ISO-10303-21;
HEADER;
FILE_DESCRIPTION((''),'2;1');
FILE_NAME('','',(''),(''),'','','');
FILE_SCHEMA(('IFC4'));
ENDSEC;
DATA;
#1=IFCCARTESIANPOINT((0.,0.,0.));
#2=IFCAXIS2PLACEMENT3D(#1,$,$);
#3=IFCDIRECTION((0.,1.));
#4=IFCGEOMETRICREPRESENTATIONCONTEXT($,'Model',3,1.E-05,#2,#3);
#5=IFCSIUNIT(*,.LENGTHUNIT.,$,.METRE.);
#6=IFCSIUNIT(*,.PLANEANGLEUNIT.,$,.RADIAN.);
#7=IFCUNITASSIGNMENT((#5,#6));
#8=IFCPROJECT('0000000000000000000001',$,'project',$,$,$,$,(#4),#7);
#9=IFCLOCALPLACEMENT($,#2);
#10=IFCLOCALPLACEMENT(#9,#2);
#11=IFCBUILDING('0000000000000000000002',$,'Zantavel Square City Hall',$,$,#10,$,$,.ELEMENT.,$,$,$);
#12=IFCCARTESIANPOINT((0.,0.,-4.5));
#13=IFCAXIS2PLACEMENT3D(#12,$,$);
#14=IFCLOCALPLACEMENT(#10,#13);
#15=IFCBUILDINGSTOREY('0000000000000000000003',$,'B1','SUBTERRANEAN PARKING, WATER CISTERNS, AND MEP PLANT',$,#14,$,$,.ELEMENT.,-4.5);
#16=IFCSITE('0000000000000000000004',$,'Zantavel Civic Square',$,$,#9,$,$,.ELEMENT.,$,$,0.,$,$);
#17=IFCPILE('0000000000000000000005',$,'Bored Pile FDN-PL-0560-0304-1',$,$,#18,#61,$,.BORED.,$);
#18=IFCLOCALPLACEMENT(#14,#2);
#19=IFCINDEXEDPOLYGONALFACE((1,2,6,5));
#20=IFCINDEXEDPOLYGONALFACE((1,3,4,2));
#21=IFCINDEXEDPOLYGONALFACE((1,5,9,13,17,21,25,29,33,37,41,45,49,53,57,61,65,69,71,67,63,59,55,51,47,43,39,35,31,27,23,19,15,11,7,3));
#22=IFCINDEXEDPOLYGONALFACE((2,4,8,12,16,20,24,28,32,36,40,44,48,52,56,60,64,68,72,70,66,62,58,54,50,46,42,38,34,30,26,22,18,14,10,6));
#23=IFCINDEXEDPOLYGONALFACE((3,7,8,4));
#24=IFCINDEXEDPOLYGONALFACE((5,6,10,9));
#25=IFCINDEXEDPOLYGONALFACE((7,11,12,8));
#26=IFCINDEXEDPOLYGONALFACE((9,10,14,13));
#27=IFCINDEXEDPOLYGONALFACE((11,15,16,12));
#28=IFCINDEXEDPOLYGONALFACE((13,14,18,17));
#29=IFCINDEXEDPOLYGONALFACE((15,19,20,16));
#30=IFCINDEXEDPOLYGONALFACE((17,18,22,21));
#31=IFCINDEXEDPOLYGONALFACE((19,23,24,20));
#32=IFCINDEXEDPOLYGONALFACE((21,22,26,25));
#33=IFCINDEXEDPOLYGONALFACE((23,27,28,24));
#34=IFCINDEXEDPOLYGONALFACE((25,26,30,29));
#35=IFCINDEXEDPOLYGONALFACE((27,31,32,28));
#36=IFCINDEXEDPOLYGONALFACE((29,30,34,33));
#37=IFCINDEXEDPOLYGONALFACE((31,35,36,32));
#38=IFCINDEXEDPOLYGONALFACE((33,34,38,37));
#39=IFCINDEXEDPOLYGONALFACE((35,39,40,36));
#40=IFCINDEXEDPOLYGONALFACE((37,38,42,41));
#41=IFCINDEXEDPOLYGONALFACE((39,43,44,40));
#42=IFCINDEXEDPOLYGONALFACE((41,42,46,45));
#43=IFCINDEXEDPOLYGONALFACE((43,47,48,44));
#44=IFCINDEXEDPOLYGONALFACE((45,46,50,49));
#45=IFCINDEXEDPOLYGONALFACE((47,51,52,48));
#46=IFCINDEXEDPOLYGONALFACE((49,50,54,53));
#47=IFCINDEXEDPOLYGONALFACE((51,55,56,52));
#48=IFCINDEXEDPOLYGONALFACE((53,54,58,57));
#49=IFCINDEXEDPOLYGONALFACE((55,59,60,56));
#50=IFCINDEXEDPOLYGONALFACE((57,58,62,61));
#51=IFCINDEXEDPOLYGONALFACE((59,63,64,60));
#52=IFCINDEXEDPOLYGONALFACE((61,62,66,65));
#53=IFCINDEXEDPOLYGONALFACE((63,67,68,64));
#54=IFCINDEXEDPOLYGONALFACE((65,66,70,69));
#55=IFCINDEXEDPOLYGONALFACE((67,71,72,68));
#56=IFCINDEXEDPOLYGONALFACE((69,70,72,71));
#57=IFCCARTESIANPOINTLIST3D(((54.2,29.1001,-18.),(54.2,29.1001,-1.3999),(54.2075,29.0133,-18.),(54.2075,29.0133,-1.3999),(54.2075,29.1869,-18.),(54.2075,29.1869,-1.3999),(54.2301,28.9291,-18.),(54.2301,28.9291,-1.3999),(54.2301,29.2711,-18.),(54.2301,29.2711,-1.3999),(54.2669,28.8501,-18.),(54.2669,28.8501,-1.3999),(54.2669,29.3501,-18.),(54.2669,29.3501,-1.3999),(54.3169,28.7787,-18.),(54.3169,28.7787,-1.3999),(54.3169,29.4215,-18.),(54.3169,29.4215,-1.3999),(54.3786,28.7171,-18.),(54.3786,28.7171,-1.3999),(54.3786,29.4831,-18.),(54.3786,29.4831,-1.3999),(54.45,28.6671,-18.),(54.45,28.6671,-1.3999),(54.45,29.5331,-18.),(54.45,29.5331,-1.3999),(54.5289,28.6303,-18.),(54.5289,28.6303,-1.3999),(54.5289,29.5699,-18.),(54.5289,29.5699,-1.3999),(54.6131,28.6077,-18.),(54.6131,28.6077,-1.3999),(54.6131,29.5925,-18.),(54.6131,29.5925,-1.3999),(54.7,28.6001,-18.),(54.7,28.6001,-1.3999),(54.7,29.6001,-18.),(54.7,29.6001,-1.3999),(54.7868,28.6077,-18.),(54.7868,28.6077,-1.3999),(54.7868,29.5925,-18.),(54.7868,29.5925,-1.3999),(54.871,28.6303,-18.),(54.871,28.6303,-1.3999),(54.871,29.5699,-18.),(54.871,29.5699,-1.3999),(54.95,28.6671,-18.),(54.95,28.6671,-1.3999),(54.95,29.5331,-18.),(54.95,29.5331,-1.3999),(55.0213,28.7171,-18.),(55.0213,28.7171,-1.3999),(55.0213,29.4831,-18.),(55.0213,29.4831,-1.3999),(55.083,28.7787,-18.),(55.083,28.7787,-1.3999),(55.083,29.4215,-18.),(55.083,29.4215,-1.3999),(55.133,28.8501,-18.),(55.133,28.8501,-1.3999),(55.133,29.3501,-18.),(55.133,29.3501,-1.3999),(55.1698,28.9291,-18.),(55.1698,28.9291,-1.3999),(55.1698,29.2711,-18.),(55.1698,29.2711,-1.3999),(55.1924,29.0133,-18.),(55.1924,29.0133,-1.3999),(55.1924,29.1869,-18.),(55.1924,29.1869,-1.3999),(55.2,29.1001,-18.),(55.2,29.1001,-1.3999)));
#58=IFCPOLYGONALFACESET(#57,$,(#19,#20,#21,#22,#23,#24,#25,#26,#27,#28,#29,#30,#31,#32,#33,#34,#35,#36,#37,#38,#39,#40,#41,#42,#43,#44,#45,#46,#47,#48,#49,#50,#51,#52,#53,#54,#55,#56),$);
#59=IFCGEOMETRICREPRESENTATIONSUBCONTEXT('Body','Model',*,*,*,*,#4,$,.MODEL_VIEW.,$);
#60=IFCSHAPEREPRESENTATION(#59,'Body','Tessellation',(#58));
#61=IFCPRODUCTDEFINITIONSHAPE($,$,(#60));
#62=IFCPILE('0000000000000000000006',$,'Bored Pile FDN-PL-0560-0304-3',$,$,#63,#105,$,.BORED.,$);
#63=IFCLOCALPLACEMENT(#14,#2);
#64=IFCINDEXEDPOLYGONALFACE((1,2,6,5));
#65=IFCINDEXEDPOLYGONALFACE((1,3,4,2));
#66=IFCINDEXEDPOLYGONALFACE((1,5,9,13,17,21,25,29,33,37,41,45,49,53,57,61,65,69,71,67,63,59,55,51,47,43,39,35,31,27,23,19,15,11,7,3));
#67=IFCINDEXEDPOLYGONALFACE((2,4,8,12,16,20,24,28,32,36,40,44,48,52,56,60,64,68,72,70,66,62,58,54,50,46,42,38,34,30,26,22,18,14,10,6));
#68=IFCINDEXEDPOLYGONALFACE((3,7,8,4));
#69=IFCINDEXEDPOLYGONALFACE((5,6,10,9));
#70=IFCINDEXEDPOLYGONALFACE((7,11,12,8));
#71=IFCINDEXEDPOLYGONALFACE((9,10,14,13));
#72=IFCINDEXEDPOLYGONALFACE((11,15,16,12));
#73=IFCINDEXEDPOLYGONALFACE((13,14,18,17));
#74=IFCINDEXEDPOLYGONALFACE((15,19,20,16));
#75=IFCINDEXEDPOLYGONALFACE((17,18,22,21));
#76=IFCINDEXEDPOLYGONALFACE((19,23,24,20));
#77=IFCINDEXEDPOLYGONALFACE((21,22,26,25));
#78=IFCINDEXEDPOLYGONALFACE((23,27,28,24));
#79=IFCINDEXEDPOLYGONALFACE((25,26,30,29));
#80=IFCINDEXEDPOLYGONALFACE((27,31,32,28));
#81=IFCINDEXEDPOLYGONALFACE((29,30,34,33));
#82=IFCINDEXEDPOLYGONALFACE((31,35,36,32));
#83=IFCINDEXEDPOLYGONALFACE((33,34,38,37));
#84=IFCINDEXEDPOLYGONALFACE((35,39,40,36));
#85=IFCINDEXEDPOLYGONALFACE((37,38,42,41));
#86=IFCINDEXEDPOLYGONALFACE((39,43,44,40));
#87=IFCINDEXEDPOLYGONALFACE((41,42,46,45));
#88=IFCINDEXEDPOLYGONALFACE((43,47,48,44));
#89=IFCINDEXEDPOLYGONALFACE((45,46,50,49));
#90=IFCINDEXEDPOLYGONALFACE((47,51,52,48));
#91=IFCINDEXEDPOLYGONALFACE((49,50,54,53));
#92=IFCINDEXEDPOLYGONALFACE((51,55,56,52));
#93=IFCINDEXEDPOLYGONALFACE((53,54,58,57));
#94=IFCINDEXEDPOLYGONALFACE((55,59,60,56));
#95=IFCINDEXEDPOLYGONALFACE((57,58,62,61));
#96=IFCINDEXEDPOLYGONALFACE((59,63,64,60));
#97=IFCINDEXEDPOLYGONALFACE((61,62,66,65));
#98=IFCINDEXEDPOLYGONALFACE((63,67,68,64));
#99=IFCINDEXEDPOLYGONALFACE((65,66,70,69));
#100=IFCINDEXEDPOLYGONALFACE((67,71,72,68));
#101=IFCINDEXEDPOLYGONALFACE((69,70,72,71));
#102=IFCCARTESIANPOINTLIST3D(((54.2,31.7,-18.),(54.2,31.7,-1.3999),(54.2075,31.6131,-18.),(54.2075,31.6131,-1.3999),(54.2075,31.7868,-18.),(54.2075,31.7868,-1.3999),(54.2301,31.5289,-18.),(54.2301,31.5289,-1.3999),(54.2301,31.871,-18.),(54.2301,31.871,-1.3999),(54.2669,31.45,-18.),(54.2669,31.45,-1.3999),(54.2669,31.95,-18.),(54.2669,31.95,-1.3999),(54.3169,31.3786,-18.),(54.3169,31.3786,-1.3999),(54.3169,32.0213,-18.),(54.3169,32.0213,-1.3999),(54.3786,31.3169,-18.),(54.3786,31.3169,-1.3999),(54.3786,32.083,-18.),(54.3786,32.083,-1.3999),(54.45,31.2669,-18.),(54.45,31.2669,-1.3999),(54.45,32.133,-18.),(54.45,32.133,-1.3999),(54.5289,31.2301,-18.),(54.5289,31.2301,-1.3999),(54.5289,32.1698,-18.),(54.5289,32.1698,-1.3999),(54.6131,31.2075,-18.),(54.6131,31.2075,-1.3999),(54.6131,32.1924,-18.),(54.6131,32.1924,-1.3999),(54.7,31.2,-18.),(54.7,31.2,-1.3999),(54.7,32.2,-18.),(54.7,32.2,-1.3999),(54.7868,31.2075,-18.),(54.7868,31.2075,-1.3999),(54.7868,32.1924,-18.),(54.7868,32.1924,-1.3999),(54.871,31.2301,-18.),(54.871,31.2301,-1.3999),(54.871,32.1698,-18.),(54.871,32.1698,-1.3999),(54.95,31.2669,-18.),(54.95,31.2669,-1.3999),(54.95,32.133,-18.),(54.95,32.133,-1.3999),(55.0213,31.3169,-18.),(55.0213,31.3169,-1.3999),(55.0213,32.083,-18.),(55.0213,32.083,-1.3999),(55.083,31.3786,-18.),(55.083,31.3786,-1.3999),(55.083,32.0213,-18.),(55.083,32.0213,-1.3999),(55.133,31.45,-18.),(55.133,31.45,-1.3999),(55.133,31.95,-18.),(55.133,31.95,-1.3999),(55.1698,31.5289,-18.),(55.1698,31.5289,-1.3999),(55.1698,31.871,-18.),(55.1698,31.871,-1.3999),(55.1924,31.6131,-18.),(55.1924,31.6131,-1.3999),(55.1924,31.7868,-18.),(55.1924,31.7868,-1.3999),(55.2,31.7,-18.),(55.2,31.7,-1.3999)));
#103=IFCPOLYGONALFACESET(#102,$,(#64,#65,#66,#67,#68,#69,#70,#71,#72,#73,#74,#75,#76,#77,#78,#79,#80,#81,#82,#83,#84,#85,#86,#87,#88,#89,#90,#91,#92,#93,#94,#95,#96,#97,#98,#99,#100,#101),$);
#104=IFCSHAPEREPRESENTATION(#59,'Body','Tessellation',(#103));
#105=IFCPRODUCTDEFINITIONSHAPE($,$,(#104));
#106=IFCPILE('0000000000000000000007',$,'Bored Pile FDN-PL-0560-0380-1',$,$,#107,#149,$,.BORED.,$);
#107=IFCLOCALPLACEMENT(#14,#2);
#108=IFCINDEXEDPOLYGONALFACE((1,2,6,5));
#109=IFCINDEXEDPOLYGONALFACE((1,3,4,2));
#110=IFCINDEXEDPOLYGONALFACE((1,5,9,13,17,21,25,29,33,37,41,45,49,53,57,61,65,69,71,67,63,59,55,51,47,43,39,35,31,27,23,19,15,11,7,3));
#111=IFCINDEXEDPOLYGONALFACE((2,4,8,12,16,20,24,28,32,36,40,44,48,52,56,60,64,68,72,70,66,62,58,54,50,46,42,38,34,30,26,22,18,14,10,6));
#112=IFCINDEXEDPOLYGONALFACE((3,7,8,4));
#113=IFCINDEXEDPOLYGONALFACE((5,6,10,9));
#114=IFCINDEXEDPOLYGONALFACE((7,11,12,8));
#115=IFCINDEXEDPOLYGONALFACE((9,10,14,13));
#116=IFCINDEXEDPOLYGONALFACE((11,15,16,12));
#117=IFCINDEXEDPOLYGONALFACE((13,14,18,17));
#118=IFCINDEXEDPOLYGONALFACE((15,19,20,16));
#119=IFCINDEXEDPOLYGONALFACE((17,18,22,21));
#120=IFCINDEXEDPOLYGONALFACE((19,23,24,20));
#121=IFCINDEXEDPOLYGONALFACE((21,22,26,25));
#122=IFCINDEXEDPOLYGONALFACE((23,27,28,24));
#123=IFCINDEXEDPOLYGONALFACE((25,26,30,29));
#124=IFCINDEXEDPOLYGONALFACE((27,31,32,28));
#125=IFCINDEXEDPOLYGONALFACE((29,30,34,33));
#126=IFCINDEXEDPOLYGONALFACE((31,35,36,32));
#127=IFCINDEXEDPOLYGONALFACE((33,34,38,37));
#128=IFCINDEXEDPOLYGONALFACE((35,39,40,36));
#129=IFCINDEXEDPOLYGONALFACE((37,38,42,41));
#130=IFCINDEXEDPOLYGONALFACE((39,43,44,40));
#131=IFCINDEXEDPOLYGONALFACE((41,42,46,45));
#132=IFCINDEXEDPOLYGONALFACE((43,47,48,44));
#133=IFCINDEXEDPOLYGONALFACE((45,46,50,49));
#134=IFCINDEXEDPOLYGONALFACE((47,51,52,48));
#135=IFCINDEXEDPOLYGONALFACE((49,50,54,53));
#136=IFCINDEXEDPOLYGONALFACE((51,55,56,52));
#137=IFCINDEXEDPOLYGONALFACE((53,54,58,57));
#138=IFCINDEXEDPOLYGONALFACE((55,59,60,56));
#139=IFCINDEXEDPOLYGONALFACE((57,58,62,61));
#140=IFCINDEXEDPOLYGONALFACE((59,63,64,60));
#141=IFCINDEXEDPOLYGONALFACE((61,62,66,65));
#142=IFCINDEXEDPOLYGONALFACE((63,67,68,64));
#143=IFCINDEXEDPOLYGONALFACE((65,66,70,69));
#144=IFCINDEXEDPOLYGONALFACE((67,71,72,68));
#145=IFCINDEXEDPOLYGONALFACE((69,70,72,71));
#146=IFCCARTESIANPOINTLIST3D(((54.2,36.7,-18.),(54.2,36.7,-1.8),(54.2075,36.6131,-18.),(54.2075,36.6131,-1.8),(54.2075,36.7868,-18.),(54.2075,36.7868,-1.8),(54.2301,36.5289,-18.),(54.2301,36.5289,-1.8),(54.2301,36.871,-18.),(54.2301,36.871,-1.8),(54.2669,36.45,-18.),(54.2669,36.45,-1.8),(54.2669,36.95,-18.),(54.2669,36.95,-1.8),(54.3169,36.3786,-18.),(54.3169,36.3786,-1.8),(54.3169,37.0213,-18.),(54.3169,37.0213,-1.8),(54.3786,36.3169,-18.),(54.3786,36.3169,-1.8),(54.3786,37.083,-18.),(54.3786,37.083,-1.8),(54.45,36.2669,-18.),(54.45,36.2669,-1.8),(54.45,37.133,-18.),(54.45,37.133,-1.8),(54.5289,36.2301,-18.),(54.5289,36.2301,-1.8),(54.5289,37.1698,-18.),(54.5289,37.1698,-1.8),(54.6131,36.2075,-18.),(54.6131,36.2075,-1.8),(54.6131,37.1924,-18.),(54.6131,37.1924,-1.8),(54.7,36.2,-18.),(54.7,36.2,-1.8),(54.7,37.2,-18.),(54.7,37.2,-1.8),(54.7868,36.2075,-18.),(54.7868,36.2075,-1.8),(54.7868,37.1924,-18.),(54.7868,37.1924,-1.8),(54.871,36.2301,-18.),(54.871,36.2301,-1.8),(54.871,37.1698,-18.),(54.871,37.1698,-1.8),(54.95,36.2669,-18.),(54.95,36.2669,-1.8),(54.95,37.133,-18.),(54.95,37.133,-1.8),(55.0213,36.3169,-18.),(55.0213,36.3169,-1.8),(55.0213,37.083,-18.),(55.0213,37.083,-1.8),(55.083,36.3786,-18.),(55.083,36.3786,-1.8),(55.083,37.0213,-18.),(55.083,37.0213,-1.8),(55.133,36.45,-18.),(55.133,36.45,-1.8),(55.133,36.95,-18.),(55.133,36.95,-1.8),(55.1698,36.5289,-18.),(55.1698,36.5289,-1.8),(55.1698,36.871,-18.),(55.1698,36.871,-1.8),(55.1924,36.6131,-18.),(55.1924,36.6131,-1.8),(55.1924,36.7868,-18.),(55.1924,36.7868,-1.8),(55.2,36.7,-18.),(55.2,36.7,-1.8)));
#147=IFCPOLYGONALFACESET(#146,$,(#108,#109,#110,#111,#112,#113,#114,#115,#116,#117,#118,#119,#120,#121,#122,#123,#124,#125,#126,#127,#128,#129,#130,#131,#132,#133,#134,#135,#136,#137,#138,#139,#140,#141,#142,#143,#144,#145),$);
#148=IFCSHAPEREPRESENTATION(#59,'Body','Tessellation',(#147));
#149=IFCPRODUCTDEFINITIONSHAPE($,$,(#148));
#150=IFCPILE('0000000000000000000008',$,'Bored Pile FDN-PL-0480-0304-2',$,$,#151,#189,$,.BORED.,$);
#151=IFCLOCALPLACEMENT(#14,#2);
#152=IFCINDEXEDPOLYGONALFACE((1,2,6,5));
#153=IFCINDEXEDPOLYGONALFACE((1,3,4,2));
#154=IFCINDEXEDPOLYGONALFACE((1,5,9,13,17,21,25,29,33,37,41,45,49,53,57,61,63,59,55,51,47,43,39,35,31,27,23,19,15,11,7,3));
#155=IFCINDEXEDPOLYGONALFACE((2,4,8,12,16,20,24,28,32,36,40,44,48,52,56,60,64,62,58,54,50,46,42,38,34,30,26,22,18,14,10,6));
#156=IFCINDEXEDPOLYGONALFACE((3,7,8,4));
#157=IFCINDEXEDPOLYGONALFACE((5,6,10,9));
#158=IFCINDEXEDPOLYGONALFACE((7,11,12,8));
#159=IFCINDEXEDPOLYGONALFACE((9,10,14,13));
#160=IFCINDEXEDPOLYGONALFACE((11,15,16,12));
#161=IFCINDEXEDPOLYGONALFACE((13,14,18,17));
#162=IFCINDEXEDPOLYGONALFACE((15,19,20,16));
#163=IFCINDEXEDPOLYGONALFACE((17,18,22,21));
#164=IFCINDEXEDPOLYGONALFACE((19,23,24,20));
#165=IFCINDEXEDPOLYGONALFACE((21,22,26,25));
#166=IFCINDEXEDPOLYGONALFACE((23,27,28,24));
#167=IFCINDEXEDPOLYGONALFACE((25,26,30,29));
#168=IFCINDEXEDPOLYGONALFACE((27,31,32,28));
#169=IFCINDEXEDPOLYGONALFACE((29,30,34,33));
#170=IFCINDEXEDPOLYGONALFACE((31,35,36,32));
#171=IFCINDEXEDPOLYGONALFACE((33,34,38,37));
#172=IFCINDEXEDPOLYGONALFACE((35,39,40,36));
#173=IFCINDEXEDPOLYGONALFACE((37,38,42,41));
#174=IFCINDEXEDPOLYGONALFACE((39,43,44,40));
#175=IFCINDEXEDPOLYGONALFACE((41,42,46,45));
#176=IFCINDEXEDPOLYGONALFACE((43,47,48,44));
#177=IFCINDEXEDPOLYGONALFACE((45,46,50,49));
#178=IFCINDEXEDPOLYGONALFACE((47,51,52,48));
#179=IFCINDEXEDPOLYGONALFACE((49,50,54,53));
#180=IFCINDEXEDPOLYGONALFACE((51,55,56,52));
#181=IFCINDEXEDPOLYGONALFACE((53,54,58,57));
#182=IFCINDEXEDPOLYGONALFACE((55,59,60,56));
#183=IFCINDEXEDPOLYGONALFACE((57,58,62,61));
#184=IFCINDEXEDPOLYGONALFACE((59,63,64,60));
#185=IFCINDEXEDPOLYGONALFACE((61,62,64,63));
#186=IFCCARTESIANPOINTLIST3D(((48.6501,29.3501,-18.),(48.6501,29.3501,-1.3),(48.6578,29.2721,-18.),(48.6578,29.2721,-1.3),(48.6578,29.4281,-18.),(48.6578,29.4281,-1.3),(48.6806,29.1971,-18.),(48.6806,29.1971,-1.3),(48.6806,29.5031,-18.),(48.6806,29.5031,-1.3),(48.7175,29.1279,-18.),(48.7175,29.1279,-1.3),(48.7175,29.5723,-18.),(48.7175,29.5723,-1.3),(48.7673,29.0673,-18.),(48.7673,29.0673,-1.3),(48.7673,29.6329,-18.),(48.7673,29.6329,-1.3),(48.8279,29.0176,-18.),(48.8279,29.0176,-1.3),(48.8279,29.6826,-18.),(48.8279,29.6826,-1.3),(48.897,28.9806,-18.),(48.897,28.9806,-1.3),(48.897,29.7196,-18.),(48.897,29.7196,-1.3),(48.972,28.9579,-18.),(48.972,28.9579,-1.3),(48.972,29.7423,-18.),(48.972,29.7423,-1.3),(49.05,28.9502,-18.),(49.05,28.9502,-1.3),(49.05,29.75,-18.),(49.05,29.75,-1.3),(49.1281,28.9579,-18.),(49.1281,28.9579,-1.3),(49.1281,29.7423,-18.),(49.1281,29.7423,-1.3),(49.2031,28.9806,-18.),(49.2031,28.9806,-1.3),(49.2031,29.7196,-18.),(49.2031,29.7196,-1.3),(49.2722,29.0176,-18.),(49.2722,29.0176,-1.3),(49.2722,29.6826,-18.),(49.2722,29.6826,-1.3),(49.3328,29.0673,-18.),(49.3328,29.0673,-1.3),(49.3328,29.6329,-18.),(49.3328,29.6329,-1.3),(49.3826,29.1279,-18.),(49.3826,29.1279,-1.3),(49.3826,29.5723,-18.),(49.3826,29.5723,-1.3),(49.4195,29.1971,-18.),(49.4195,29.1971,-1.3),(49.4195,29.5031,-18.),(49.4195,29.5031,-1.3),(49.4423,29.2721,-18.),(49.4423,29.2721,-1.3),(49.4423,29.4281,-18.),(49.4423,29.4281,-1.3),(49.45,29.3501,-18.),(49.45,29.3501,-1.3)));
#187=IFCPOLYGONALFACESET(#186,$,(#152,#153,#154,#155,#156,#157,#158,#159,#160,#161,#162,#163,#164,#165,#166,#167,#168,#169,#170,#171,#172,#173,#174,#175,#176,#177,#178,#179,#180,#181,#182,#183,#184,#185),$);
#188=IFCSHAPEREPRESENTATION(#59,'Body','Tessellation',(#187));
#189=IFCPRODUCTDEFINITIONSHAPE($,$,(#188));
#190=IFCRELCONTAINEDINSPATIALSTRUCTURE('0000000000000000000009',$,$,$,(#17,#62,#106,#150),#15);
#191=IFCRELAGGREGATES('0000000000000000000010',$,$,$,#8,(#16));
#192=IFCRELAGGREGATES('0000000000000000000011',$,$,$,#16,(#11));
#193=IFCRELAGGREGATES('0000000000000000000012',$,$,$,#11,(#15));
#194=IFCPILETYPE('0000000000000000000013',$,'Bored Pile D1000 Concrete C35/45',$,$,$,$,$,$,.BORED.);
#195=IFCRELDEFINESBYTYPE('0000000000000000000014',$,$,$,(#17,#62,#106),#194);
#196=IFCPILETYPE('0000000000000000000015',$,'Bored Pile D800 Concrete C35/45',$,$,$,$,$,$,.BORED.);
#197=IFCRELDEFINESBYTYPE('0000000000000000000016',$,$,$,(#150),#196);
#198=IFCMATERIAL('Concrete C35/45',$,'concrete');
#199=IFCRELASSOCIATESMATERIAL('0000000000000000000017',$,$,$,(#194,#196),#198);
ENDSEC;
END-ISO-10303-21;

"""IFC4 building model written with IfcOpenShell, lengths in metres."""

from ifc_helpers import new_model, si_unit, direction, frame, origin, origin_2d, place, context, subcontext, project, spatial, circle, extrude, material, material_profile, profile_set, type_object, element, save


model = new_model("IFC4")

# Units and contexts
model_context = context("Model", 3, precision=1e-05, world=origin(), true_north=direction((0.0, 1.0)))
body_context = subcontext(model_context, "Body", "Model", "MODEL_VIEW")
ifc_project = project(units=[si_unit("LENGTHUNIT", "METRE"), si_unit("PLANEANGLEUNIT", "RADIAN")], contexts=[model_context])

# Site, building, storey
site_placement = place(None, origin())
site = spatial("IfcSite", under=ifc_project, at=site_placement, Name="Zantavel Civic Square", CompositionType="ELEMENT", RefElevation=0.0)
building_placement = place(site_placement, origin())
building = spatial("IfcBuilding", under=site, at=building_placement, Name="Zantavel Square City Hall", CompositionType="ELEMENT")
storey_placement = place(building_placement, frame((0.0, 0.0, -4.5)))
storey = spatial("IfcBuildingStorey", under=building, at=storey_placement, Name="B1", Description="SUBTERRANEAN PARKING, WATER CISTERNS, AND MEP PLANT", CompositionType="ELEMENT", Elevation=-4.5)

# Piles
ifc_material_1 = material(Name="Concrete C35/45", Category="concrete")
ifc_material_profile_1 = material_profile(ifc_material_1, circle(Radius=0.5, at=origin_2d()), Name="PILE D1000")
ifc_profile_set_1 = profile_set([ifc_material_profile_1], Name="Concrete C35/45")
pile_type_1 = type_object("IfcPileType", Name="Bored Pile D1000 Concrete C35/45", PredefinedType="BORED", material=ifc_profile_set_1)
for number, where, z_axis, x_axis, name in (
    (1, (54.7, 29.1001, -1.3999), (0.0, 0.0, -1.0), (1.0, 0.0, 0.0), "Bored Pile FDN-PL-0560-0304-1"),
    (2, (54.7, 31.7, -1.3999), (0.0, 0.0, -1.0), (1.0, 0.0, 0.0), "Bored Pile FDN-PL-0560-0304-3"),
):
    element("IfcPile", number, at=place(storey_placement, frame(where, z_axis=z_axis, x_axis=x_axis)), inside=storey, type_object=pile_type_1, Name=name, PredefinedType="BORED", context=body_context, shape_type="SweptSolid", body=[
        extrude(circle(Radius=0.5, at=origin_2d()), origin(), (0.0, 0.0, 1.0), 16.6001),
    ])
pile_1_placement = place(storey_placement, frame((54.7, 36.7, -1.8), z_axis=(0.0, 0.0, -1.0), x_axis=(1.0, 0.0, 0.0)))
element("IfcPile", 3, at=pile_1_placement, inside=storey, type_object=pile_type_1, Name="Bored Pile FDN-PL-0560-0380-1", PredefinedType="BORED", context=body_context, shape_type="SweptSolid", body=[
    extrude(circle(Radius=0.5, at=origin_2d()), origin(), (0.0, 0.0, 1.0), 16.2),
])
ifc_material_profile_2 = material_profile(ifc_material_1, circle(Radius=0.3999, at=origin_2d()), Name="PILE D800")
ifc_profile_set_2 = profile_set([ifc_material_profile_2], Name="Concrete C35/45")
pile_type_2 = type_object("IfcPileType", Name="Bored Pile D800 Concrete C35/45", PredefinedType="BORED", material=ifc_profile_set_2)
for number, where, z_axis, x_axis, name in (
    (4, (49.05, 29.3501, -1.3), (0.0, 0.0, -1.0), (1.0, 0.0, 0.0), "Bored Pile FDN-PL-0480-0304-2"),
):
    element("IfcPile", number, at=place(storey_placement, frame(where, z_axis=z_axis, x_axis=x_axis)), inside=storey, type_object=pile_type_2, Name=name, PredefinedType="BORED", context=body_context, shape_type="SweptSolid", body=[
        extrude(circle(Radius=0.3999, at=origin_2d()), origin(), (0.0, 0.0, 1.0), 16.7),
    ])

save(model, "model.ifc")
